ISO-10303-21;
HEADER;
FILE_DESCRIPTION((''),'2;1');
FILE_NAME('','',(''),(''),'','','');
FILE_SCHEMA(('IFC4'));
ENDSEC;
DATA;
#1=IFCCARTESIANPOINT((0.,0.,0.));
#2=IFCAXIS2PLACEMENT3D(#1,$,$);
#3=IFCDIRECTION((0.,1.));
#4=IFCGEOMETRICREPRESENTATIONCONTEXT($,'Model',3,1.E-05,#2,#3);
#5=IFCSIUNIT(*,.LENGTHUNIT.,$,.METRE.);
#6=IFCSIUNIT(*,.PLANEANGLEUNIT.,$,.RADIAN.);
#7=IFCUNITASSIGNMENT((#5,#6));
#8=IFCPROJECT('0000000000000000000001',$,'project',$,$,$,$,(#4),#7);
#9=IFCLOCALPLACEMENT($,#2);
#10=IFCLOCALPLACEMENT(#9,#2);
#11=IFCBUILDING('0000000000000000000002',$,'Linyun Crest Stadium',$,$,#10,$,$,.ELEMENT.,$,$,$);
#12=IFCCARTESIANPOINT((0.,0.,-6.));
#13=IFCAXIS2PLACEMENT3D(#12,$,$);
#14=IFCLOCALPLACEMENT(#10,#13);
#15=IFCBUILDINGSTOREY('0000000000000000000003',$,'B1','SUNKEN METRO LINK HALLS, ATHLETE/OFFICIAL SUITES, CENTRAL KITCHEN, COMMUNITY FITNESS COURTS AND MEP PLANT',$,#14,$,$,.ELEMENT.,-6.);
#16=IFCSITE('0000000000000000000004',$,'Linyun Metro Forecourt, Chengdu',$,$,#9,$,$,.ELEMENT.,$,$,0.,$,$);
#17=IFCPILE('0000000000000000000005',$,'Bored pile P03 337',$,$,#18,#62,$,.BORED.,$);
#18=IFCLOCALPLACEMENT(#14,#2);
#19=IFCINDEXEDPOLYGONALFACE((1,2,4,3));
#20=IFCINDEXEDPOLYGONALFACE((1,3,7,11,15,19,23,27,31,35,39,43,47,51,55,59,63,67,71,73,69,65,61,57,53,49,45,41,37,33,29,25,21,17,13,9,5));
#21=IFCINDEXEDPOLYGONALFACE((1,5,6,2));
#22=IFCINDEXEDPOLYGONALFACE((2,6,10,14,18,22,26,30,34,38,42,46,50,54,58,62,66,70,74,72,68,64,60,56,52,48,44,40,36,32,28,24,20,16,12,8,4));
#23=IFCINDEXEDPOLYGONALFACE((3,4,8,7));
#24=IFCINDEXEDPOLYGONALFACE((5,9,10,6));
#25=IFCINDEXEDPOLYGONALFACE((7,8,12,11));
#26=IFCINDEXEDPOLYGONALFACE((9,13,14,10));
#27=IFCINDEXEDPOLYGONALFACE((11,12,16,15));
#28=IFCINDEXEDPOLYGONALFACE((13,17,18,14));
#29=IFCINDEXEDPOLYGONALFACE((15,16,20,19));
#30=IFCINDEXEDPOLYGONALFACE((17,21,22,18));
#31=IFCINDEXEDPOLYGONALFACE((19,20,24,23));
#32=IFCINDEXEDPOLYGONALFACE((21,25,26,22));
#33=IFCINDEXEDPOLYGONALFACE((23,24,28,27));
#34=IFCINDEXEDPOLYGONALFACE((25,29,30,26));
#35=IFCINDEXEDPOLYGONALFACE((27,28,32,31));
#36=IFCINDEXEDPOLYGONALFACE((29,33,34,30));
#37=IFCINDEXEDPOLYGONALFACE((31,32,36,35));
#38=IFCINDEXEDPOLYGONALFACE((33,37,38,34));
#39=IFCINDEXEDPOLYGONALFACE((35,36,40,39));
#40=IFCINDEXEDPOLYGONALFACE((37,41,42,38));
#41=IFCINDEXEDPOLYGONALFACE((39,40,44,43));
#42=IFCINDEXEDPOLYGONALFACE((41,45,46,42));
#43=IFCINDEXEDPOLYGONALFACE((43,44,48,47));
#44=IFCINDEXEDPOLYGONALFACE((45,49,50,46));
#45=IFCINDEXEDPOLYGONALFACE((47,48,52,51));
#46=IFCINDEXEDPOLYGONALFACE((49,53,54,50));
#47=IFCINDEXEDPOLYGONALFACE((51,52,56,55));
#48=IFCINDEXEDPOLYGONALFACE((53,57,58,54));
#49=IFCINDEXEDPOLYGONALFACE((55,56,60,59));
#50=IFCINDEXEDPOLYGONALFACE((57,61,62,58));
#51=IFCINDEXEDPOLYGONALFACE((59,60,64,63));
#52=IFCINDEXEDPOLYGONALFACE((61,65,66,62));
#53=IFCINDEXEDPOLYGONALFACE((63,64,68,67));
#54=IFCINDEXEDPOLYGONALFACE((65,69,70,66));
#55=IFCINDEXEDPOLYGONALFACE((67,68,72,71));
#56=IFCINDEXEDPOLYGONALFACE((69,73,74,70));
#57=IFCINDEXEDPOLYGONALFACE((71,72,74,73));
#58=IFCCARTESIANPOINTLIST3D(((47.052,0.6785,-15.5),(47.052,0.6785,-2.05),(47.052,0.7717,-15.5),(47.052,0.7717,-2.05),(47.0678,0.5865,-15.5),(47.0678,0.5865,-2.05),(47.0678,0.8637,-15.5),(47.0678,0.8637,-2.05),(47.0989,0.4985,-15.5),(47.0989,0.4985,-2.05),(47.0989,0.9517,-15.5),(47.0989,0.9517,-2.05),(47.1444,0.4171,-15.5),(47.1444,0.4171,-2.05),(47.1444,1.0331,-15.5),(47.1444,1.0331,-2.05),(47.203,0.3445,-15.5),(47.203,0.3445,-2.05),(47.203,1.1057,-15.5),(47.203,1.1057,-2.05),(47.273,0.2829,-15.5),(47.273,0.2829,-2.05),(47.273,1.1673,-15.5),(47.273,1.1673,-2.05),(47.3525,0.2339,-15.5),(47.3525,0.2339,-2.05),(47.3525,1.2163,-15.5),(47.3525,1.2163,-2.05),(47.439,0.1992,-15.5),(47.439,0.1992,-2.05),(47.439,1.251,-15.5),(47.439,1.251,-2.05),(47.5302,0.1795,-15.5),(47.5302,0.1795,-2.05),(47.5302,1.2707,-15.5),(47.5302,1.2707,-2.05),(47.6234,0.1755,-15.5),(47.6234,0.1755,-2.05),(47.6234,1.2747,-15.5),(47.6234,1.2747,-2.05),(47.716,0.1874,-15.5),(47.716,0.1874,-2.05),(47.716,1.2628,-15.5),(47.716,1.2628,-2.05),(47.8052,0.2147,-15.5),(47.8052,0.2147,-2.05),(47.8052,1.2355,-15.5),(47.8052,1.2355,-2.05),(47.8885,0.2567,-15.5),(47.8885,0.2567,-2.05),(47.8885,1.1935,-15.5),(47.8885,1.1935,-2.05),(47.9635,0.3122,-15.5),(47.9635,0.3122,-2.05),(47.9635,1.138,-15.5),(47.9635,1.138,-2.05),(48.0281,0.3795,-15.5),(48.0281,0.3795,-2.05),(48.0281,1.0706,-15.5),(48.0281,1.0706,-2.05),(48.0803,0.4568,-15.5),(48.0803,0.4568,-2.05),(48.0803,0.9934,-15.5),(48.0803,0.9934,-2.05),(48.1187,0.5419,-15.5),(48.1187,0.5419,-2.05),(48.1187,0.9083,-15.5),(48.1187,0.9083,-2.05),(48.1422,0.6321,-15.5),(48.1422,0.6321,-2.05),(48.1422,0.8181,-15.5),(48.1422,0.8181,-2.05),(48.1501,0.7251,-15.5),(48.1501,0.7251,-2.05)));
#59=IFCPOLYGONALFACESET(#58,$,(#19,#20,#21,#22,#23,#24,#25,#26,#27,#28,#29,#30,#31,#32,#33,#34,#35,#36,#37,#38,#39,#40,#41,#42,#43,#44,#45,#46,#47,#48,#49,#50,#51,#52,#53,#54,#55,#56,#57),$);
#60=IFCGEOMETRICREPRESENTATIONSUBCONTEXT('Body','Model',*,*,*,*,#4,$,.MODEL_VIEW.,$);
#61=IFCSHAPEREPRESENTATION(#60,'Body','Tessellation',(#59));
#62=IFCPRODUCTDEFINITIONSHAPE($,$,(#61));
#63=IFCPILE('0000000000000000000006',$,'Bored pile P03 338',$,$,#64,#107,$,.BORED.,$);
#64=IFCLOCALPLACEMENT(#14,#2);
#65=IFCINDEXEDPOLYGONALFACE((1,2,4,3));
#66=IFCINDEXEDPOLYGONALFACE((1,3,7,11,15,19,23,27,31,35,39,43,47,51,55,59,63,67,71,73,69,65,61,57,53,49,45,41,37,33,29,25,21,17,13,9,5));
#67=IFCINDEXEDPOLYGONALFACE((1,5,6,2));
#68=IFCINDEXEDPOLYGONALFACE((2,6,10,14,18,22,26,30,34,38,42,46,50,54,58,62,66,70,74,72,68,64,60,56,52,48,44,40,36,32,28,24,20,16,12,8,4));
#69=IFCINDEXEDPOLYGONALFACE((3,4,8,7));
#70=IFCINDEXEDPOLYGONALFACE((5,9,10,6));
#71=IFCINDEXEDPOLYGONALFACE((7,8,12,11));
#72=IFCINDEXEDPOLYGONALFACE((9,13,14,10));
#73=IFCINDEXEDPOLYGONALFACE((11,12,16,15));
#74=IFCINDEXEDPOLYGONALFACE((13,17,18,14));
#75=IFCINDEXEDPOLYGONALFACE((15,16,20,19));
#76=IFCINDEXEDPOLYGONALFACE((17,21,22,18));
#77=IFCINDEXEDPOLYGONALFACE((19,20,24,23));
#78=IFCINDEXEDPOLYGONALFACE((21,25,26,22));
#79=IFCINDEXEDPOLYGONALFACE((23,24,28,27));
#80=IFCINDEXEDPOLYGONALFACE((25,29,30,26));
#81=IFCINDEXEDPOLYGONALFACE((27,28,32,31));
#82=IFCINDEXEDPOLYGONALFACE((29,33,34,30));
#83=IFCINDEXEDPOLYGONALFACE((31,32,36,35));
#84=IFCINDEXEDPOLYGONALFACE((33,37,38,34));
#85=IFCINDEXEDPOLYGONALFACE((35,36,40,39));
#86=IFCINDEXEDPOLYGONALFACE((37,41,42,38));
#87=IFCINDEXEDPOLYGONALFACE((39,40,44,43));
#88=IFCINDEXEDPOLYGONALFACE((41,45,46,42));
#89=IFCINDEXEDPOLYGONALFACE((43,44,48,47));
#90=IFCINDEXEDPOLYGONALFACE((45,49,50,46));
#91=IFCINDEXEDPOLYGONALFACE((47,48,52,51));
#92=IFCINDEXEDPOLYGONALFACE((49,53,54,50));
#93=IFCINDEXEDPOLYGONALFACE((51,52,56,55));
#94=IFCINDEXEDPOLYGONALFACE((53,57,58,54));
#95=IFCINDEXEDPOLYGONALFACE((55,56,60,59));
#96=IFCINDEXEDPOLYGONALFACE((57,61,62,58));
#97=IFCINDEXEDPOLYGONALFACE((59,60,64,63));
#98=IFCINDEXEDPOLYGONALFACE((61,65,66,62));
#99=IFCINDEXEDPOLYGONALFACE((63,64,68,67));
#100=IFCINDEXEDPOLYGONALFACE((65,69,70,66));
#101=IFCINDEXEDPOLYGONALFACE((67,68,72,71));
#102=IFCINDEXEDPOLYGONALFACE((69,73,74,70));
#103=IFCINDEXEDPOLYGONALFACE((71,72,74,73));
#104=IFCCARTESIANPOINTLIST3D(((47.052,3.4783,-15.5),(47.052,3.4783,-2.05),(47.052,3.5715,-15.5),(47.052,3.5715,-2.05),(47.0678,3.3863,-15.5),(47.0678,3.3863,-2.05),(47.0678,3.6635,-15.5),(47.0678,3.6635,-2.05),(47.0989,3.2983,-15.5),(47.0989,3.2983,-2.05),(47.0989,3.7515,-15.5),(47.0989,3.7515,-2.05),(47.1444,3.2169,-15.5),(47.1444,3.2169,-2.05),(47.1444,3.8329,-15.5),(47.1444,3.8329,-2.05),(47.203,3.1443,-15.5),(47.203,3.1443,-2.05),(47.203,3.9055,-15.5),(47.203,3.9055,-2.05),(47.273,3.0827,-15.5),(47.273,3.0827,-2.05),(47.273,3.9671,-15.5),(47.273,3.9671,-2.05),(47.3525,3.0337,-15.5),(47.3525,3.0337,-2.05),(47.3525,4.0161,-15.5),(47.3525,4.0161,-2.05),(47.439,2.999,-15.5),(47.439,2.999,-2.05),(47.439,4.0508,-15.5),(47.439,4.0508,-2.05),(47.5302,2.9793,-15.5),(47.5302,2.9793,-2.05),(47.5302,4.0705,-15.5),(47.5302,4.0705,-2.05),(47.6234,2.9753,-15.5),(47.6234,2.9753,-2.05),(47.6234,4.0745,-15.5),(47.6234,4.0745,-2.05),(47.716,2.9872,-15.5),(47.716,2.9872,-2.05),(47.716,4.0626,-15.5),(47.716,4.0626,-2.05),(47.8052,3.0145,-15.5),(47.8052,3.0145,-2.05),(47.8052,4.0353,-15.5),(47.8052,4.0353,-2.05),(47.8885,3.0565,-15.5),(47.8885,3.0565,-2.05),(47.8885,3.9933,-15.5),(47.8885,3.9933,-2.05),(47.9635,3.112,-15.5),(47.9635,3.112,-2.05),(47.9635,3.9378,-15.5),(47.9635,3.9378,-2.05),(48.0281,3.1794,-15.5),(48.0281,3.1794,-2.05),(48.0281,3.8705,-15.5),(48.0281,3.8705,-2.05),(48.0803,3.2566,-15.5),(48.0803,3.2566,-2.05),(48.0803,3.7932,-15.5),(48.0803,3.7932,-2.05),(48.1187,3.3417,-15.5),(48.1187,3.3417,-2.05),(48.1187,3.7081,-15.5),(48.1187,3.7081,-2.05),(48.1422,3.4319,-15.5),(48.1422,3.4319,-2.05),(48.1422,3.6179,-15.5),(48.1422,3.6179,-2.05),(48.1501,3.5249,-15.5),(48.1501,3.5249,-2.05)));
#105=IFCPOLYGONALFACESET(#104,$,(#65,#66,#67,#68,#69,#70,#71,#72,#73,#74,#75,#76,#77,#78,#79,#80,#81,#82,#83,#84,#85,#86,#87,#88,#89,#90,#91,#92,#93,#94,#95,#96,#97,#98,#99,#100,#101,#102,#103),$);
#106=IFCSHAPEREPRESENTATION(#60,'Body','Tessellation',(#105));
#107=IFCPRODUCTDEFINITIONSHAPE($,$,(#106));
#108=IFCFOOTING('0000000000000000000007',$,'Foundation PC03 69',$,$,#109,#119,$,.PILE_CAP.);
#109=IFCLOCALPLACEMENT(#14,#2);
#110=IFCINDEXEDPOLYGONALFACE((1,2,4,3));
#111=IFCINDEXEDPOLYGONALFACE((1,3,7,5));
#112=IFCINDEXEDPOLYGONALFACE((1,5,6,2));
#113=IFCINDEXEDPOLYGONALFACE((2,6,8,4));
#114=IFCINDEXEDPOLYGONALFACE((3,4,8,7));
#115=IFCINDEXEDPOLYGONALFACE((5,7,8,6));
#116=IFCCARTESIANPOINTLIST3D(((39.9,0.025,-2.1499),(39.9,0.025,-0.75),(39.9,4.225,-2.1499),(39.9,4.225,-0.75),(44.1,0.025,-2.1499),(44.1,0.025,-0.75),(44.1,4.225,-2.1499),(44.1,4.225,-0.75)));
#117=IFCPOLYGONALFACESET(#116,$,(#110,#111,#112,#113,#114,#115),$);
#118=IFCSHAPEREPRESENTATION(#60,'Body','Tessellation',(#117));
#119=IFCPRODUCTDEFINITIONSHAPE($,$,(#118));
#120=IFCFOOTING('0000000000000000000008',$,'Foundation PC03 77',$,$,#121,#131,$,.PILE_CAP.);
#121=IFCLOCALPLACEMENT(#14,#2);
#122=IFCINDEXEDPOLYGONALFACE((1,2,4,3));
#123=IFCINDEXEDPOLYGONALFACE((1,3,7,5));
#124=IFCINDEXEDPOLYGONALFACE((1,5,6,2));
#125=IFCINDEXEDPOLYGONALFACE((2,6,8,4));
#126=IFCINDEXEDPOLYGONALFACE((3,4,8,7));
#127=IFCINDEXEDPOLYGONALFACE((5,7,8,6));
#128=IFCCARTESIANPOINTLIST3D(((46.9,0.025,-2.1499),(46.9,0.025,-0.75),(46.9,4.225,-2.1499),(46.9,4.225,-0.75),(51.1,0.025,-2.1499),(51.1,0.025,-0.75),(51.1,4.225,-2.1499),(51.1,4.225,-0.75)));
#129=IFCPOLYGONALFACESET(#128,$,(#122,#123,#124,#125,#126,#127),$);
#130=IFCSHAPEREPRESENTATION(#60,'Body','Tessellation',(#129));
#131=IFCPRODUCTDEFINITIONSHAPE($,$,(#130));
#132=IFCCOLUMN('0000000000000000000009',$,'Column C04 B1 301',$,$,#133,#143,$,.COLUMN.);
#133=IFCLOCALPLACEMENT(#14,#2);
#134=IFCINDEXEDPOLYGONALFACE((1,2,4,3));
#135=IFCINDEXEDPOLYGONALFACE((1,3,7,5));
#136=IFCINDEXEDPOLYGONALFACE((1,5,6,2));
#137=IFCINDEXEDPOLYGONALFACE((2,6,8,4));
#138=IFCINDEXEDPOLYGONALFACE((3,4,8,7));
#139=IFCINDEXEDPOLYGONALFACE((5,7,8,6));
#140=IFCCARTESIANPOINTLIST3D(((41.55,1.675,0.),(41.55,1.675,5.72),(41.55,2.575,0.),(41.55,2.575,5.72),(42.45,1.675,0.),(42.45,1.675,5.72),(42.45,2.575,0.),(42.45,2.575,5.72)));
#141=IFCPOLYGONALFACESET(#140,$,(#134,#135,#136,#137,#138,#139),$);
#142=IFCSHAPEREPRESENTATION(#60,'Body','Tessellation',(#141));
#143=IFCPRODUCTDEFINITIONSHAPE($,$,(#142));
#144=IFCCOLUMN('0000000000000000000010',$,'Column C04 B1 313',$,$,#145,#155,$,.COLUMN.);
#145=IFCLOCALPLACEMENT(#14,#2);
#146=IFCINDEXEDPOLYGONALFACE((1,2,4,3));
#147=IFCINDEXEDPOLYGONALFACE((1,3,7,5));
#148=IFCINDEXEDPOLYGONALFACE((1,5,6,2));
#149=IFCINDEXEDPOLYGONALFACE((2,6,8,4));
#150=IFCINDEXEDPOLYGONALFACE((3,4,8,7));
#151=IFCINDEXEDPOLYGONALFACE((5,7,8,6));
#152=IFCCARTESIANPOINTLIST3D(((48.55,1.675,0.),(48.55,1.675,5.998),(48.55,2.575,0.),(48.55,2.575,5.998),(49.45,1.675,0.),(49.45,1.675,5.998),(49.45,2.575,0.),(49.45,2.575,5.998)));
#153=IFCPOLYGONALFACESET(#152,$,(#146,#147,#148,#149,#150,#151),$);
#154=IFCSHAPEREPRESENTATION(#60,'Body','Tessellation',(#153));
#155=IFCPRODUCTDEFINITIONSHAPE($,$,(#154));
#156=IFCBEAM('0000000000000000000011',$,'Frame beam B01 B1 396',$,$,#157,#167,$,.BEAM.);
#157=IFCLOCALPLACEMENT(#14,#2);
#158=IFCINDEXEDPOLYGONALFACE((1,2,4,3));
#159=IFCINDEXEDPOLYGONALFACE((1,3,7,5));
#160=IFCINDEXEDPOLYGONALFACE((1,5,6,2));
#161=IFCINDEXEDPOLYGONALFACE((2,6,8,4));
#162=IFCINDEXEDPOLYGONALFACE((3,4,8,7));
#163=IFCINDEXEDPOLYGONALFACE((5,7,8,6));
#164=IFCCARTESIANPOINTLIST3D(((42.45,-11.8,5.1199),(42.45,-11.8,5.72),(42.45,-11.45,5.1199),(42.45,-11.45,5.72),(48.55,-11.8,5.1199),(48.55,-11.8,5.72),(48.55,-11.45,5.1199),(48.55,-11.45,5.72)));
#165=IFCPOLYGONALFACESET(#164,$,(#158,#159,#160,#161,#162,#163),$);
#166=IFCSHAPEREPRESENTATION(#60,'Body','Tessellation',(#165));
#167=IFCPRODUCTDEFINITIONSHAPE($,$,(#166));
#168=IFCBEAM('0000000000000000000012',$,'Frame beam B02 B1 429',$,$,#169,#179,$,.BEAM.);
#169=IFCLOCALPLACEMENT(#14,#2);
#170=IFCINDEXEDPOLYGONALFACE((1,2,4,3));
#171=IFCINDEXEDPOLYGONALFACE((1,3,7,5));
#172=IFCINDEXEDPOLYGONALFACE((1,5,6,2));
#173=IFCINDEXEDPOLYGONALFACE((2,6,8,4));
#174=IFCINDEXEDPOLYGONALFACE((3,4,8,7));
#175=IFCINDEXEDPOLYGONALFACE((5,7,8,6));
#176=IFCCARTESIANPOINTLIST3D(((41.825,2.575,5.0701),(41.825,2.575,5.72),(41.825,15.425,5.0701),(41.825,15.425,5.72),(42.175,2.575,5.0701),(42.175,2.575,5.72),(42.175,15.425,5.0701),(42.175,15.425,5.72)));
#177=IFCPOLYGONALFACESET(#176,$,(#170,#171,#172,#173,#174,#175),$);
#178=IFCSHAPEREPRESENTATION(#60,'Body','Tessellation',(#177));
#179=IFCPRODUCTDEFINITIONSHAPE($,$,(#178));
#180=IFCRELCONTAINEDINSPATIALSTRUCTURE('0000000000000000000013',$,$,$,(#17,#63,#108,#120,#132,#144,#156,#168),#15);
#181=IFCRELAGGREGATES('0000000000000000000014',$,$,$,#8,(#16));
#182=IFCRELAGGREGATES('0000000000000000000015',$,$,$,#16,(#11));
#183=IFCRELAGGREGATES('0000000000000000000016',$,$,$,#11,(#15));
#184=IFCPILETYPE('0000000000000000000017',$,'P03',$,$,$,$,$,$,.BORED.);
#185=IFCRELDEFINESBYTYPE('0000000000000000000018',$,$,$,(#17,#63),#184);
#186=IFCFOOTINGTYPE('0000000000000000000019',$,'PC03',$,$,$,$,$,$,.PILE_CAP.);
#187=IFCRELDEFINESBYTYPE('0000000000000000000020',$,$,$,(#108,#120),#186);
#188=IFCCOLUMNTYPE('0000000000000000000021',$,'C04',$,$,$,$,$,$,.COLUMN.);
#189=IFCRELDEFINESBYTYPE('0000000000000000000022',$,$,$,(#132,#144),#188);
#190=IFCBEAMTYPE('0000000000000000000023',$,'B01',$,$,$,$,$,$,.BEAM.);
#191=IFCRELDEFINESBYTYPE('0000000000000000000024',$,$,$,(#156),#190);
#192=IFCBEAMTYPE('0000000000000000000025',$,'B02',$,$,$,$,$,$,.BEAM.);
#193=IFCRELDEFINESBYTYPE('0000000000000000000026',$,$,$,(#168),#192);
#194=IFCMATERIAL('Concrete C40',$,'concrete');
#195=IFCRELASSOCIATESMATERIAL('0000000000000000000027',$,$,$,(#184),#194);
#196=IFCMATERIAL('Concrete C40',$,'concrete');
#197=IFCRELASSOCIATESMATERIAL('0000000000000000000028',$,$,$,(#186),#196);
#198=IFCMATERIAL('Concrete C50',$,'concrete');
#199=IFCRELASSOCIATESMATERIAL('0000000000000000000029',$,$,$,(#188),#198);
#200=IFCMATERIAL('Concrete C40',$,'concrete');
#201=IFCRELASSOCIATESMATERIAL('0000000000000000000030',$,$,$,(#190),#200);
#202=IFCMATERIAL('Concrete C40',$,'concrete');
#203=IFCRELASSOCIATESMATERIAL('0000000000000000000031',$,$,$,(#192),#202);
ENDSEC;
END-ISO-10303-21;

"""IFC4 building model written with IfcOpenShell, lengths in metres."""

from ifc_helpers import new_model, si_unit, direction, frame, origin, origin_2d, place, context, subcontext, project, spatial, rectangle, circle, extrude, material, material_profile, profile_set, type_object, element, save


model = new_model("IFC4")

# Units and contexts
model_context = context("Model", 3, precision=1e-05, world=origin(), true_north=direction((0.0, 1.0)))
body_context = subcontext(model_context, "Body", "Model", "MODEL_VIEW")
ifc_project = project(units=[si_unit("LENGTHUNIT", "METRE"), si_unit("PLANEANGLEUNIT", "RADIAN")], contexts=[model_context])

# Site, building, storey
site_placement = place(None, origin())
site = spatial("IfcSite", under=ifc_project, at=site_placement, Name="Linyun Metro Forecourt, Chengdu", CompositionType="ELEMENT", RefElevation=0.0)
building_placement = place(site_placement, origin())
building = spatial("IfcBuilding", under=site, at=building_placement, Name="Linyun Crest Stadium", CompositionType="ELEMENT")
storey_placement = place(building_placement, frame((0.0, 0.0, -6.0)))
storey = spatial("IfcBuildingStorey", under=building, at=storey_placement, Name="B1", Description="SUNKEN METRO LINK HALLS, ATHLETE/OFFICIAL SUITES, CENTRAL KITCHEN, COMMUNITY FITNESS COURTS AND MEP PLANT", CompositionType="ELEMENT", Elevation=-6.0)

# Piles
ifc_material_1 = material(Name="Concrete C40", Category="concrete")
ifc_material_profile_1 = material_profile(ifc_material_1, circle(Radius=0.55, at=origin_2d()), Name="BORED PILE 1100")
ifc_profile_set_1 = profile_set([ifc_material_profile_1], Name="Concrete C40")
pile_type = type_object("IfcPileType", Name="P03", PredefinedType="BORED", material=ifc_profile_set_1)
for number, where, z_axis, x_axis, name in (
    (1, (47.6001, 0.7251, -2.05), (0.0, 0.0, -1.0), (1.0, 0.0, 0.0), "Bored pile P03 337"),
    (2, (47.6001, 3.5249, -2.05), (0.0, 0.0, -1.0), (1.0, 0.0, 0.0), "Bored pile P03 338"),
):
    element("IfcPile", number, at=place(storey_placement, frame(where, z_axis=z_axis, x_axis=x_axis)), inside=storey, type_object=pile_type, Name=name, PredefinedType="BORED", context=body_context, shape_type="SweptSolid", body=[
        extrude(circle(Radius=0.55, at=origin_2d()), origin(), (0.0, 0.0, 1.0), 13.45),
    ])

# Footings
ifc_material_2 = material(Name="Concrete C40", Category="concrete")
footing_type = type_object("IfcFootingType", Name="PC03", PredefinedType="PILE_CAP", material=ifc_material_2)
for number, where, z_axis, x_axis, name in (
    (3, (42.0, 2.125, -2.1499), (0.0, 0.0, 1.0), (1.0, 0.0, 0.0), "Foundation PC03 69"),
    (4, (49.0, 2.125, -2.1499), (0.0, 0.0, 1.0), (1.0, 0.0, 0.0), "Foundation PC03 77"),
):
    element("IfcFooting", number, at=place(storey_placement, frame(where, z_axis=z_axis, x_axis=x_axis)), inside=storey, type_object=footing_type, Name=name, PredefinedType="PILE_CAP", context=body_context, shape_type="SweptSolid", body=[
        extrude(rectangle(XDim=4.2, YDim=4.2, at=origin_2d()), origin(), (0.0, 0.0, 1.0), 1.3999),
    ])

# Columns
ifc_material_3 = material(Name="Concrete C50", Category="concrete")
ifc_material_profile_2 = material_profile(ifc_material_3, rectangle(XDim=0.8999, YDim=0.8999, at=origin_2d()), Name="RC 900x900")
ifc_profile_set_2 = profile_set([ifc_material_profile_2], Name="Concrete C50")
column_type = type_object("IfcColumnType", Name="C04", PredefinedType="COLUMN", material=ifc_profile_set_2)
column_1_placement = place(storey_placement, frame((42.0, 2.125, 0.0), z_axis=(0.0, 0.0, 1.0), x_axis=(1.0, 0.0, 0.0)))
element("IfcColumn", 5, at=column_1_placement, inside=storey, type_object=column_type, Name="Column C04 B1 301", PredefinedType="COLUMN", context=body_context, shape_type="SweptSolid", body=[
    extrude(rectangle(XDim=0.8999, YDim=0.8999, at=origin_2d()), origin(), (0.0, 0.0, 1.0), 5.72),
])
column_2_placement = place(storey_placement, frame((49.0, 2.125, 0.0), z_axis=(0.0, 0.0, 1.0), x_axis=(1.0, 0.0, 0.0)))
element("IfcColumn", 6, at=column_2_placement, inside=storey, type_object=column_type, Name="Column C04 B1 313", PredefinedType="COLUMN", context=body_context, shape_type="SweptSolid", body=[
    extrude(rectangle(XDim=0.8999, YDim=0.8999, at=origin_2d()), origin(), (0.0, 0.0, 1.0), 5.998),
])

# Beams
ifc_material_4 = material(Name="Concrete C40", Category="concrete")
ifc_material_profile_3 = material_profile(ifc_material_4, rectangle(XDim=0.3501, YDim=0.6001, at=origin_2d()), Name="RCB 600x350")
ifc_profile_set_3 = profile_set([ifc_material_profile_3], Name="Concrete C40")
beam_type_1 = type_object("IfcBeamType", Name="B01", PredefinedType="BEAM", material=ifc_profile_set_3)
beam_1_placement = place(storey_placement, frame((42.45, -11.625, 5.4199), z_axis=(1.0, 0.0, 0.0), x_axis=(0.0, 1.0, 0.0)))
element("IfcBeam", 7, at=beam_1_placement, inside=storey, type_object=beam_type_1, Name="Frame beam B01 B1 396", PredefinedType="BEAM", context=body_context, shape_type="SweptSolid", body=[
    extrude(rectangle(XDim=0.3501, YDim=0.6001, at=origin_2d()), origin(), (0.0, 0.0, 1.0), 6.1001),
])
ifc_material_5 = material(Name="Concrete C40", Category="concrete")
ifc_material_profile_4 = material_profile(ifc_material_5, rectangle(XDim=0.3501, YDim=0.6499, at=origin_2d()), Name="RCB 650x350")
ifc_profile_set_4 = profile_set([ifc_material_profile_4], Name="Concrete C40")
beam_type_2 = type_object("IfcBeamType", Name="B02", PredefinedType="BEAM", material=ifc_profile_set_4)
beam_2_placement = place(storey_placement, frame((42.0, 2.575, 5.395), z_axis=(0.0, 1.0, 0.0), x_axis=(-1.0, 0.0, 0.0)))
element("IfcBeam", 8, at=beam_2_placement, inside=storey, type_object=beam_type_2, Name="Frame beam B02 B1 429", PredefinedType="BEAM", context=body_context, shape_type="SweptSolid", body=[
    extrude(rectangle(XDim=0.3501, YDim=0.6499, at=origin_2d()), origin(), (0.0, 0.0, 1.0), 12.8501),
])

save(model, "model.ifc")
